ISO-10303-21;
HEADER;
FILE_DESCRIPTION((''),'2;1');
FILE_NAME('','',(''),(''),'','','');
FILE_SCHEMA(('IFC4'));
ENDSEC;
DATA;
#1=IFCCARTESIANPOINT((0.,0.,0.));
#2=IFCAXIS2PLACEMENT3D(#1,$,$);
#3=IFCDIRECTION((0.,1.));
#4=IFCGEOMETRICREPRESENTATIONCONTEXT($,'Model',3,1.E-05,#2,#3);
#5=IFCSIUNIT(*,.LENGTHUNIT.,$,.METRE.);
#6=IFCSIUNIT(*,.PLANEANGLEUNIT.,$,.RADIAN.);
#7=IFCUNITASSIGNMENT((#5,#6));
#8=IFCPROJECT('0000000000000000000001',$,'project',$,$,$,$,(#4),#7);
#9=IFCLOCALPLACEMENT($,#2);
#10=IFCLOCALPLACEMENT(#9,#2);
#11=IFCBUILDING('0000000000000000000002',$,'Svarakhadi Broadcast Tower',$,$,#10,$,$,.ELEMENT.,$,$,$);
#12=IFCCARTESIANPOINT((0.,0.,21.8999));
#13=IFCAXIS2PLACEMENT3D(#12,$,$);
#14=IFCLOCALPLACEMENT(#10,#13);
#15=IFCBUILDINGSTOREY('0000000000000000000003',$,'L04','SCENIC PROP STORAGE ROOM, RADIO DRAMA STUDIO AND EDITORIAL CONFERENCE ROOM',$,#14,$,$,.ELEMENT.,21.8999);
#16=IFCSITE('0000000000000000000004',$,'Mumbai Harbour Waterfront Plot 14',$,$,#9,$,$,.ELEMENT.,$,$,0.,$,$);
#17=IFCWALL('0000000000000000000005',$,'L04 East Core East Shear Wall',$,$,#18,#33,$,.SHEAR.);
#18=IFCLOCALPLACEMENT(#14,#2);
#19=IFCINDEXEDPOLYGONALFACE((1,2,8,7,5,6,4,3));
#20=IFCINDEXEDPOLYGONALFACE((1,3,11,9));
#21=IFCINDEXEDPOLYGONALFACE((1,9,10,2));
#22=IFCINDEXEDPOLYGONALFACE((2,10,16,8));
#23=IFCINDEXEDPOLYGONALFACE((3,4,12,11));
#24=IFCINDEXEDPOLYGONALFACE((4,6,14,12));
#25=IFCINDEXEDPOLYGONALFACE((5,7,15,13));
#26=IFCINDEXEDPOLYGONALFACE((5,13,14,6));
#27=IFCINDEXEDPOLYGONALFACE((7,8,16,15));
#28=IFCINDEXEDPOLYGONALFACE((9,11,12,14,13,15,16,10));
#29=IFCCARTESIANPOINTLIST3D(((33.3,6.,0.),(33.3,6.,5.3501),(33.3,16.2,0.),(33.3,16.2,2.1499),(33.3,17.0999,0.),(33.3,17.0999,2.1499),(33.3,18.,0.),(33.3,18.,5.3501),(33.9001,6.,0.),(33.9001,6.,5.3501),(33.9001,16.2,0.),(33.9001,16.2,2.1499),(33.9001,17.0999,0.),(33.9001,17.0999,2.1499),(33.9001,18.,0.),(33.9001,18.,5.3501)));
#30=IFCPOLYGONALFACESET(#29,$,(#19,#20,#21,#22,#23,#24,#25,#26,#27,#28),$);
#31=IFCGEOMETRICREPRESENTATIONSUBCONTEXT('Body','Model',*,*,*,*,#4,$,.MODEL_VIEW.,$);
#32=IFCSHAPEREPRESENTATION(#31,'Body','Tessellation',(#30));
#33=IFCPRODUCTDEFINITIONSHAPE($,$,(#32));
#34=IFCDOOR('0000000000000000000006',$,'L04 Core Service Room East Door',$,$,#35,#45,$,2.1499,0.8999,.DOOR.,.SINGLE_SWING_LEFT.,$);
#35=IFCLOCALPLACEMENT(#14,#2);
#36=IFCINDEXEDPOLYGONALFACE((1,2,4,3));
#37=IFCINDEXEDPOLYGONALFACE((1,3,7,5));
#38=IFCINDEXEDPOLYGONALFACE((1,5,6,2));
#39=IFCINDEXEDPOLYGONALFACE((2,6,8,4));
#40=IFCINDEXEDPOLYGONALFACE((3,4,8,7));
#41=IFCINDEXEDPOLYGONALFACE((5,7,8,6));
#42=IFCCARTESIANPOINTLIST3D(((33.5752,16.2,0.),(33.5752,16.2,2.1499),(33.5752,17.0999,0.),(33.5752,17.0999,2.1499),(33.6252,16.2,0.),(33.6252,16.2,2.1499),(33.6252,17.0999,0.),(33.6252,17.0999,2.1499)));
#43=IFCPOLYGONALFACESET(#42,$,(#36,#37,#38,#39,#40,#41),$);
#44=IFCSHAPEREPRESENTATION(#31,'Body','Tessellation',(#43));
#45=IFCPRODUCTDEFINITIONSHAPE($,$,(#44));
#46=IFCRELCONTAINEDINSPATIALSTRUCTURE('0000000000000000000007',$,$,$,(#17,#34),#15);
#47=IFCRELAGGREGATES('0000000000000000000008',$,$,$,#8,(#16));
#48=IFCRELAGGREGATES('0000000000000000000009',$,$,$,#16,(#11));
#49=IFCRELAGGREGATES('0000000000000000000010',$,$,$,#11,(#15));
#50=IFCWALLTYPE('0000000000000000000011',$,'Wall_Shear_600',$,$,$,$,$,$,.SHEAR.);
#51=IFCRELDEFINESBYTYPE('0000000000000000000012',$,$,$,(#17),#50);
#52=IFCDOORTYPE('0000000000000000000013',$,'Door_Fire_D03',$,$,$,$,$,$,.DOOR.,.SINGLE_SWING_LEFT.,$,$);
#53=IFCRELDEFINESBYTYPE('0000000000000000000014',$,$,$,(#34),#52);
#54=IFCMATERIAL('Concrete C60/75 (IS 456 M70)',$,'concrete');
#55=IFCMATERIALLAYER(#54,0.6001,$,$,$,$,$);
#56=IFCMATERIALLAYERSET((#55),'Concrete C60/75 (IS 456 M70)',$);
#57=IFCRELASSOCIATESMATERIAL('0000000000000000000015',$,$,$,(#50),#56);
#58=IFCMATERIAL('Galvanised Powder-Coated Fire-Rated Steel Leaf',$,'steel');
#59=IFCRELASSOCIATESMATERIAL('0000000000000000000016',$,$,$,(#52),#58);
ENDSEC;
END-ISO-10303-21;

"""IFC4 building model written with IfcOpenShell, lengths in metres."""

from ifc_helpers import new_model, si_unit, direction, frame, frame_2d, origin, place, context, subcontext, project, spatial, rectangle, extrude, material, layer, layer_set, type_object, element, fill, save


model = new_model("IFC4")

# Units and contexts
model_context = context("Model", 3, precision=1e-05, world=origin(), true_north=direction((0.0, 1.0)))
body_context = subcontext(model_context, "Body", "Model", "MODEL_VIEW")
ifc_project = project(units=[si_unit("LENGTHUNIT", "METRE"), si_unit("PLANEANGLEUNIT", "RADIAN")], contexts=[model_context])

# Site, building, storey
site_placement = place(None, origin())
site = spatial("IfcSite", under=ifc_project, at=site_placement, Name="Mumbai Harbour Waterfront Plot 14", CompositionType="ELEMENT", RefElevation=0.0)
building_placement = place(site_placement, origin())
building = spatial("IfcBuilding", under=site, at=building_placement, Name="Svarakhadi Broadcast Tower", CompositionType="ELEMENT")
storey_placement = place(building_placement, frame((0.0, 0.0, 21.8999)))
storey = spatial("IfcBuildingStorey", under=building, at=storey_placement, Name="L04", Description="SCENIC PROP STORAGE ROOM, RADIO DRAMA STUDIO AND EDITORIAL CONFERENCE ROOM", CompositionType="ELEMENT", Elevation=21.8999)

# Shared definitions
ifc_material_1 = material(Name="Concrete C60/75 (IS 456 M70)", Category="concrete")

# Shared definitions
ifc_material_2 = material(Name="Galvanised Powder-Coated Fire-Rated Steel Leaf", Category="steel")

# Shared definitions
ifc_layer_1 = layer(ifc_material_1, 0.6001)
ifc_layer_set_1 = layer_set([ifc_layer_1], Name="Concrete C60/75 (IS 456 M70)")
wall_type_1 = type_object("IfcWallType", Name="Wall_Shear_600", PredefinedType="SHEAR", material=ifc_layer_set_1)

# Wall, opening, door
wall_1_placement = place(storey_placement, frame((33.6001, 6.0, 0.0), z_axis=(0.0, 0.0, 1.0), x_axis=(0.0, 1.0, 0.0)))
wall_1 = element("IfcWall", 1, at=wall_1_placement, inside=storey, type_object=wall_type_1, Name="L04 East Core East Shear Wall", PredefinedType="SHEAR", context=body_context, shape_type="SweptSolid", body=[
    extrude(rectangle(XDim=12.0, YDim=0.6001, at=frame_2d((6.0, 0.0))), origin(), (0.0, 0.0, 1.0), 5.3501),
])
opening_1_placement = place(wall_1_placement, frame((10.2, 0.0, 0.0)))
opening_1 = element("IfcOpeningElement", 2, at=opening_1_placement, cuts=wall_1, PredefinedType="OPENING", context=body_context, shape_type="SweptSolid", body=[
    extrude(rectangle(XDim=0.8999, YDim=2.1499, at=frame_2d((0.45, 1.075))), frame((0.0, 0.3101, 0.0), z_axis=(0.0, -1.0, 0.0), x_axis=(1.0, 0.0, 0.0)), (0.0, 0.0, 1.0), 0.6201),
])
door_type_1 = type_object("IfcDoorType", Name="Door_Fire_D03", OperationType="SINGLE_SWING_LEFT", PredefinedType="DOOR", material=ifc_material_2)
door_1_placement = place(opening_1_placement, origin())
door_1 = element("IfcDoor", 3, at=door_1_placement, inside=storey, type_object=door_type_1, Name="L04 Core Service Room East Door", OperationType="SINGLE_SWING_LEFT", OverallHeight=2.1499, OverallWidth=0.8999, PredefinedType="DOOR", context=body_context, shape_type="SweptSolid", body=[
    extrude(rectangle(XDim=0.8999, YDim=2.1499, at=frame_2d((0.45, 1.075))), frame((0.0, 0.0249, 0.0), z_axis=(0.0, -1.0, 0.0), x_axis=(1.0, 0.0, 0.0)), (0.0, 0.0, 1.0), 0.05),
])
fill(opening_1, door_1)

save(model, "model.ifc")
